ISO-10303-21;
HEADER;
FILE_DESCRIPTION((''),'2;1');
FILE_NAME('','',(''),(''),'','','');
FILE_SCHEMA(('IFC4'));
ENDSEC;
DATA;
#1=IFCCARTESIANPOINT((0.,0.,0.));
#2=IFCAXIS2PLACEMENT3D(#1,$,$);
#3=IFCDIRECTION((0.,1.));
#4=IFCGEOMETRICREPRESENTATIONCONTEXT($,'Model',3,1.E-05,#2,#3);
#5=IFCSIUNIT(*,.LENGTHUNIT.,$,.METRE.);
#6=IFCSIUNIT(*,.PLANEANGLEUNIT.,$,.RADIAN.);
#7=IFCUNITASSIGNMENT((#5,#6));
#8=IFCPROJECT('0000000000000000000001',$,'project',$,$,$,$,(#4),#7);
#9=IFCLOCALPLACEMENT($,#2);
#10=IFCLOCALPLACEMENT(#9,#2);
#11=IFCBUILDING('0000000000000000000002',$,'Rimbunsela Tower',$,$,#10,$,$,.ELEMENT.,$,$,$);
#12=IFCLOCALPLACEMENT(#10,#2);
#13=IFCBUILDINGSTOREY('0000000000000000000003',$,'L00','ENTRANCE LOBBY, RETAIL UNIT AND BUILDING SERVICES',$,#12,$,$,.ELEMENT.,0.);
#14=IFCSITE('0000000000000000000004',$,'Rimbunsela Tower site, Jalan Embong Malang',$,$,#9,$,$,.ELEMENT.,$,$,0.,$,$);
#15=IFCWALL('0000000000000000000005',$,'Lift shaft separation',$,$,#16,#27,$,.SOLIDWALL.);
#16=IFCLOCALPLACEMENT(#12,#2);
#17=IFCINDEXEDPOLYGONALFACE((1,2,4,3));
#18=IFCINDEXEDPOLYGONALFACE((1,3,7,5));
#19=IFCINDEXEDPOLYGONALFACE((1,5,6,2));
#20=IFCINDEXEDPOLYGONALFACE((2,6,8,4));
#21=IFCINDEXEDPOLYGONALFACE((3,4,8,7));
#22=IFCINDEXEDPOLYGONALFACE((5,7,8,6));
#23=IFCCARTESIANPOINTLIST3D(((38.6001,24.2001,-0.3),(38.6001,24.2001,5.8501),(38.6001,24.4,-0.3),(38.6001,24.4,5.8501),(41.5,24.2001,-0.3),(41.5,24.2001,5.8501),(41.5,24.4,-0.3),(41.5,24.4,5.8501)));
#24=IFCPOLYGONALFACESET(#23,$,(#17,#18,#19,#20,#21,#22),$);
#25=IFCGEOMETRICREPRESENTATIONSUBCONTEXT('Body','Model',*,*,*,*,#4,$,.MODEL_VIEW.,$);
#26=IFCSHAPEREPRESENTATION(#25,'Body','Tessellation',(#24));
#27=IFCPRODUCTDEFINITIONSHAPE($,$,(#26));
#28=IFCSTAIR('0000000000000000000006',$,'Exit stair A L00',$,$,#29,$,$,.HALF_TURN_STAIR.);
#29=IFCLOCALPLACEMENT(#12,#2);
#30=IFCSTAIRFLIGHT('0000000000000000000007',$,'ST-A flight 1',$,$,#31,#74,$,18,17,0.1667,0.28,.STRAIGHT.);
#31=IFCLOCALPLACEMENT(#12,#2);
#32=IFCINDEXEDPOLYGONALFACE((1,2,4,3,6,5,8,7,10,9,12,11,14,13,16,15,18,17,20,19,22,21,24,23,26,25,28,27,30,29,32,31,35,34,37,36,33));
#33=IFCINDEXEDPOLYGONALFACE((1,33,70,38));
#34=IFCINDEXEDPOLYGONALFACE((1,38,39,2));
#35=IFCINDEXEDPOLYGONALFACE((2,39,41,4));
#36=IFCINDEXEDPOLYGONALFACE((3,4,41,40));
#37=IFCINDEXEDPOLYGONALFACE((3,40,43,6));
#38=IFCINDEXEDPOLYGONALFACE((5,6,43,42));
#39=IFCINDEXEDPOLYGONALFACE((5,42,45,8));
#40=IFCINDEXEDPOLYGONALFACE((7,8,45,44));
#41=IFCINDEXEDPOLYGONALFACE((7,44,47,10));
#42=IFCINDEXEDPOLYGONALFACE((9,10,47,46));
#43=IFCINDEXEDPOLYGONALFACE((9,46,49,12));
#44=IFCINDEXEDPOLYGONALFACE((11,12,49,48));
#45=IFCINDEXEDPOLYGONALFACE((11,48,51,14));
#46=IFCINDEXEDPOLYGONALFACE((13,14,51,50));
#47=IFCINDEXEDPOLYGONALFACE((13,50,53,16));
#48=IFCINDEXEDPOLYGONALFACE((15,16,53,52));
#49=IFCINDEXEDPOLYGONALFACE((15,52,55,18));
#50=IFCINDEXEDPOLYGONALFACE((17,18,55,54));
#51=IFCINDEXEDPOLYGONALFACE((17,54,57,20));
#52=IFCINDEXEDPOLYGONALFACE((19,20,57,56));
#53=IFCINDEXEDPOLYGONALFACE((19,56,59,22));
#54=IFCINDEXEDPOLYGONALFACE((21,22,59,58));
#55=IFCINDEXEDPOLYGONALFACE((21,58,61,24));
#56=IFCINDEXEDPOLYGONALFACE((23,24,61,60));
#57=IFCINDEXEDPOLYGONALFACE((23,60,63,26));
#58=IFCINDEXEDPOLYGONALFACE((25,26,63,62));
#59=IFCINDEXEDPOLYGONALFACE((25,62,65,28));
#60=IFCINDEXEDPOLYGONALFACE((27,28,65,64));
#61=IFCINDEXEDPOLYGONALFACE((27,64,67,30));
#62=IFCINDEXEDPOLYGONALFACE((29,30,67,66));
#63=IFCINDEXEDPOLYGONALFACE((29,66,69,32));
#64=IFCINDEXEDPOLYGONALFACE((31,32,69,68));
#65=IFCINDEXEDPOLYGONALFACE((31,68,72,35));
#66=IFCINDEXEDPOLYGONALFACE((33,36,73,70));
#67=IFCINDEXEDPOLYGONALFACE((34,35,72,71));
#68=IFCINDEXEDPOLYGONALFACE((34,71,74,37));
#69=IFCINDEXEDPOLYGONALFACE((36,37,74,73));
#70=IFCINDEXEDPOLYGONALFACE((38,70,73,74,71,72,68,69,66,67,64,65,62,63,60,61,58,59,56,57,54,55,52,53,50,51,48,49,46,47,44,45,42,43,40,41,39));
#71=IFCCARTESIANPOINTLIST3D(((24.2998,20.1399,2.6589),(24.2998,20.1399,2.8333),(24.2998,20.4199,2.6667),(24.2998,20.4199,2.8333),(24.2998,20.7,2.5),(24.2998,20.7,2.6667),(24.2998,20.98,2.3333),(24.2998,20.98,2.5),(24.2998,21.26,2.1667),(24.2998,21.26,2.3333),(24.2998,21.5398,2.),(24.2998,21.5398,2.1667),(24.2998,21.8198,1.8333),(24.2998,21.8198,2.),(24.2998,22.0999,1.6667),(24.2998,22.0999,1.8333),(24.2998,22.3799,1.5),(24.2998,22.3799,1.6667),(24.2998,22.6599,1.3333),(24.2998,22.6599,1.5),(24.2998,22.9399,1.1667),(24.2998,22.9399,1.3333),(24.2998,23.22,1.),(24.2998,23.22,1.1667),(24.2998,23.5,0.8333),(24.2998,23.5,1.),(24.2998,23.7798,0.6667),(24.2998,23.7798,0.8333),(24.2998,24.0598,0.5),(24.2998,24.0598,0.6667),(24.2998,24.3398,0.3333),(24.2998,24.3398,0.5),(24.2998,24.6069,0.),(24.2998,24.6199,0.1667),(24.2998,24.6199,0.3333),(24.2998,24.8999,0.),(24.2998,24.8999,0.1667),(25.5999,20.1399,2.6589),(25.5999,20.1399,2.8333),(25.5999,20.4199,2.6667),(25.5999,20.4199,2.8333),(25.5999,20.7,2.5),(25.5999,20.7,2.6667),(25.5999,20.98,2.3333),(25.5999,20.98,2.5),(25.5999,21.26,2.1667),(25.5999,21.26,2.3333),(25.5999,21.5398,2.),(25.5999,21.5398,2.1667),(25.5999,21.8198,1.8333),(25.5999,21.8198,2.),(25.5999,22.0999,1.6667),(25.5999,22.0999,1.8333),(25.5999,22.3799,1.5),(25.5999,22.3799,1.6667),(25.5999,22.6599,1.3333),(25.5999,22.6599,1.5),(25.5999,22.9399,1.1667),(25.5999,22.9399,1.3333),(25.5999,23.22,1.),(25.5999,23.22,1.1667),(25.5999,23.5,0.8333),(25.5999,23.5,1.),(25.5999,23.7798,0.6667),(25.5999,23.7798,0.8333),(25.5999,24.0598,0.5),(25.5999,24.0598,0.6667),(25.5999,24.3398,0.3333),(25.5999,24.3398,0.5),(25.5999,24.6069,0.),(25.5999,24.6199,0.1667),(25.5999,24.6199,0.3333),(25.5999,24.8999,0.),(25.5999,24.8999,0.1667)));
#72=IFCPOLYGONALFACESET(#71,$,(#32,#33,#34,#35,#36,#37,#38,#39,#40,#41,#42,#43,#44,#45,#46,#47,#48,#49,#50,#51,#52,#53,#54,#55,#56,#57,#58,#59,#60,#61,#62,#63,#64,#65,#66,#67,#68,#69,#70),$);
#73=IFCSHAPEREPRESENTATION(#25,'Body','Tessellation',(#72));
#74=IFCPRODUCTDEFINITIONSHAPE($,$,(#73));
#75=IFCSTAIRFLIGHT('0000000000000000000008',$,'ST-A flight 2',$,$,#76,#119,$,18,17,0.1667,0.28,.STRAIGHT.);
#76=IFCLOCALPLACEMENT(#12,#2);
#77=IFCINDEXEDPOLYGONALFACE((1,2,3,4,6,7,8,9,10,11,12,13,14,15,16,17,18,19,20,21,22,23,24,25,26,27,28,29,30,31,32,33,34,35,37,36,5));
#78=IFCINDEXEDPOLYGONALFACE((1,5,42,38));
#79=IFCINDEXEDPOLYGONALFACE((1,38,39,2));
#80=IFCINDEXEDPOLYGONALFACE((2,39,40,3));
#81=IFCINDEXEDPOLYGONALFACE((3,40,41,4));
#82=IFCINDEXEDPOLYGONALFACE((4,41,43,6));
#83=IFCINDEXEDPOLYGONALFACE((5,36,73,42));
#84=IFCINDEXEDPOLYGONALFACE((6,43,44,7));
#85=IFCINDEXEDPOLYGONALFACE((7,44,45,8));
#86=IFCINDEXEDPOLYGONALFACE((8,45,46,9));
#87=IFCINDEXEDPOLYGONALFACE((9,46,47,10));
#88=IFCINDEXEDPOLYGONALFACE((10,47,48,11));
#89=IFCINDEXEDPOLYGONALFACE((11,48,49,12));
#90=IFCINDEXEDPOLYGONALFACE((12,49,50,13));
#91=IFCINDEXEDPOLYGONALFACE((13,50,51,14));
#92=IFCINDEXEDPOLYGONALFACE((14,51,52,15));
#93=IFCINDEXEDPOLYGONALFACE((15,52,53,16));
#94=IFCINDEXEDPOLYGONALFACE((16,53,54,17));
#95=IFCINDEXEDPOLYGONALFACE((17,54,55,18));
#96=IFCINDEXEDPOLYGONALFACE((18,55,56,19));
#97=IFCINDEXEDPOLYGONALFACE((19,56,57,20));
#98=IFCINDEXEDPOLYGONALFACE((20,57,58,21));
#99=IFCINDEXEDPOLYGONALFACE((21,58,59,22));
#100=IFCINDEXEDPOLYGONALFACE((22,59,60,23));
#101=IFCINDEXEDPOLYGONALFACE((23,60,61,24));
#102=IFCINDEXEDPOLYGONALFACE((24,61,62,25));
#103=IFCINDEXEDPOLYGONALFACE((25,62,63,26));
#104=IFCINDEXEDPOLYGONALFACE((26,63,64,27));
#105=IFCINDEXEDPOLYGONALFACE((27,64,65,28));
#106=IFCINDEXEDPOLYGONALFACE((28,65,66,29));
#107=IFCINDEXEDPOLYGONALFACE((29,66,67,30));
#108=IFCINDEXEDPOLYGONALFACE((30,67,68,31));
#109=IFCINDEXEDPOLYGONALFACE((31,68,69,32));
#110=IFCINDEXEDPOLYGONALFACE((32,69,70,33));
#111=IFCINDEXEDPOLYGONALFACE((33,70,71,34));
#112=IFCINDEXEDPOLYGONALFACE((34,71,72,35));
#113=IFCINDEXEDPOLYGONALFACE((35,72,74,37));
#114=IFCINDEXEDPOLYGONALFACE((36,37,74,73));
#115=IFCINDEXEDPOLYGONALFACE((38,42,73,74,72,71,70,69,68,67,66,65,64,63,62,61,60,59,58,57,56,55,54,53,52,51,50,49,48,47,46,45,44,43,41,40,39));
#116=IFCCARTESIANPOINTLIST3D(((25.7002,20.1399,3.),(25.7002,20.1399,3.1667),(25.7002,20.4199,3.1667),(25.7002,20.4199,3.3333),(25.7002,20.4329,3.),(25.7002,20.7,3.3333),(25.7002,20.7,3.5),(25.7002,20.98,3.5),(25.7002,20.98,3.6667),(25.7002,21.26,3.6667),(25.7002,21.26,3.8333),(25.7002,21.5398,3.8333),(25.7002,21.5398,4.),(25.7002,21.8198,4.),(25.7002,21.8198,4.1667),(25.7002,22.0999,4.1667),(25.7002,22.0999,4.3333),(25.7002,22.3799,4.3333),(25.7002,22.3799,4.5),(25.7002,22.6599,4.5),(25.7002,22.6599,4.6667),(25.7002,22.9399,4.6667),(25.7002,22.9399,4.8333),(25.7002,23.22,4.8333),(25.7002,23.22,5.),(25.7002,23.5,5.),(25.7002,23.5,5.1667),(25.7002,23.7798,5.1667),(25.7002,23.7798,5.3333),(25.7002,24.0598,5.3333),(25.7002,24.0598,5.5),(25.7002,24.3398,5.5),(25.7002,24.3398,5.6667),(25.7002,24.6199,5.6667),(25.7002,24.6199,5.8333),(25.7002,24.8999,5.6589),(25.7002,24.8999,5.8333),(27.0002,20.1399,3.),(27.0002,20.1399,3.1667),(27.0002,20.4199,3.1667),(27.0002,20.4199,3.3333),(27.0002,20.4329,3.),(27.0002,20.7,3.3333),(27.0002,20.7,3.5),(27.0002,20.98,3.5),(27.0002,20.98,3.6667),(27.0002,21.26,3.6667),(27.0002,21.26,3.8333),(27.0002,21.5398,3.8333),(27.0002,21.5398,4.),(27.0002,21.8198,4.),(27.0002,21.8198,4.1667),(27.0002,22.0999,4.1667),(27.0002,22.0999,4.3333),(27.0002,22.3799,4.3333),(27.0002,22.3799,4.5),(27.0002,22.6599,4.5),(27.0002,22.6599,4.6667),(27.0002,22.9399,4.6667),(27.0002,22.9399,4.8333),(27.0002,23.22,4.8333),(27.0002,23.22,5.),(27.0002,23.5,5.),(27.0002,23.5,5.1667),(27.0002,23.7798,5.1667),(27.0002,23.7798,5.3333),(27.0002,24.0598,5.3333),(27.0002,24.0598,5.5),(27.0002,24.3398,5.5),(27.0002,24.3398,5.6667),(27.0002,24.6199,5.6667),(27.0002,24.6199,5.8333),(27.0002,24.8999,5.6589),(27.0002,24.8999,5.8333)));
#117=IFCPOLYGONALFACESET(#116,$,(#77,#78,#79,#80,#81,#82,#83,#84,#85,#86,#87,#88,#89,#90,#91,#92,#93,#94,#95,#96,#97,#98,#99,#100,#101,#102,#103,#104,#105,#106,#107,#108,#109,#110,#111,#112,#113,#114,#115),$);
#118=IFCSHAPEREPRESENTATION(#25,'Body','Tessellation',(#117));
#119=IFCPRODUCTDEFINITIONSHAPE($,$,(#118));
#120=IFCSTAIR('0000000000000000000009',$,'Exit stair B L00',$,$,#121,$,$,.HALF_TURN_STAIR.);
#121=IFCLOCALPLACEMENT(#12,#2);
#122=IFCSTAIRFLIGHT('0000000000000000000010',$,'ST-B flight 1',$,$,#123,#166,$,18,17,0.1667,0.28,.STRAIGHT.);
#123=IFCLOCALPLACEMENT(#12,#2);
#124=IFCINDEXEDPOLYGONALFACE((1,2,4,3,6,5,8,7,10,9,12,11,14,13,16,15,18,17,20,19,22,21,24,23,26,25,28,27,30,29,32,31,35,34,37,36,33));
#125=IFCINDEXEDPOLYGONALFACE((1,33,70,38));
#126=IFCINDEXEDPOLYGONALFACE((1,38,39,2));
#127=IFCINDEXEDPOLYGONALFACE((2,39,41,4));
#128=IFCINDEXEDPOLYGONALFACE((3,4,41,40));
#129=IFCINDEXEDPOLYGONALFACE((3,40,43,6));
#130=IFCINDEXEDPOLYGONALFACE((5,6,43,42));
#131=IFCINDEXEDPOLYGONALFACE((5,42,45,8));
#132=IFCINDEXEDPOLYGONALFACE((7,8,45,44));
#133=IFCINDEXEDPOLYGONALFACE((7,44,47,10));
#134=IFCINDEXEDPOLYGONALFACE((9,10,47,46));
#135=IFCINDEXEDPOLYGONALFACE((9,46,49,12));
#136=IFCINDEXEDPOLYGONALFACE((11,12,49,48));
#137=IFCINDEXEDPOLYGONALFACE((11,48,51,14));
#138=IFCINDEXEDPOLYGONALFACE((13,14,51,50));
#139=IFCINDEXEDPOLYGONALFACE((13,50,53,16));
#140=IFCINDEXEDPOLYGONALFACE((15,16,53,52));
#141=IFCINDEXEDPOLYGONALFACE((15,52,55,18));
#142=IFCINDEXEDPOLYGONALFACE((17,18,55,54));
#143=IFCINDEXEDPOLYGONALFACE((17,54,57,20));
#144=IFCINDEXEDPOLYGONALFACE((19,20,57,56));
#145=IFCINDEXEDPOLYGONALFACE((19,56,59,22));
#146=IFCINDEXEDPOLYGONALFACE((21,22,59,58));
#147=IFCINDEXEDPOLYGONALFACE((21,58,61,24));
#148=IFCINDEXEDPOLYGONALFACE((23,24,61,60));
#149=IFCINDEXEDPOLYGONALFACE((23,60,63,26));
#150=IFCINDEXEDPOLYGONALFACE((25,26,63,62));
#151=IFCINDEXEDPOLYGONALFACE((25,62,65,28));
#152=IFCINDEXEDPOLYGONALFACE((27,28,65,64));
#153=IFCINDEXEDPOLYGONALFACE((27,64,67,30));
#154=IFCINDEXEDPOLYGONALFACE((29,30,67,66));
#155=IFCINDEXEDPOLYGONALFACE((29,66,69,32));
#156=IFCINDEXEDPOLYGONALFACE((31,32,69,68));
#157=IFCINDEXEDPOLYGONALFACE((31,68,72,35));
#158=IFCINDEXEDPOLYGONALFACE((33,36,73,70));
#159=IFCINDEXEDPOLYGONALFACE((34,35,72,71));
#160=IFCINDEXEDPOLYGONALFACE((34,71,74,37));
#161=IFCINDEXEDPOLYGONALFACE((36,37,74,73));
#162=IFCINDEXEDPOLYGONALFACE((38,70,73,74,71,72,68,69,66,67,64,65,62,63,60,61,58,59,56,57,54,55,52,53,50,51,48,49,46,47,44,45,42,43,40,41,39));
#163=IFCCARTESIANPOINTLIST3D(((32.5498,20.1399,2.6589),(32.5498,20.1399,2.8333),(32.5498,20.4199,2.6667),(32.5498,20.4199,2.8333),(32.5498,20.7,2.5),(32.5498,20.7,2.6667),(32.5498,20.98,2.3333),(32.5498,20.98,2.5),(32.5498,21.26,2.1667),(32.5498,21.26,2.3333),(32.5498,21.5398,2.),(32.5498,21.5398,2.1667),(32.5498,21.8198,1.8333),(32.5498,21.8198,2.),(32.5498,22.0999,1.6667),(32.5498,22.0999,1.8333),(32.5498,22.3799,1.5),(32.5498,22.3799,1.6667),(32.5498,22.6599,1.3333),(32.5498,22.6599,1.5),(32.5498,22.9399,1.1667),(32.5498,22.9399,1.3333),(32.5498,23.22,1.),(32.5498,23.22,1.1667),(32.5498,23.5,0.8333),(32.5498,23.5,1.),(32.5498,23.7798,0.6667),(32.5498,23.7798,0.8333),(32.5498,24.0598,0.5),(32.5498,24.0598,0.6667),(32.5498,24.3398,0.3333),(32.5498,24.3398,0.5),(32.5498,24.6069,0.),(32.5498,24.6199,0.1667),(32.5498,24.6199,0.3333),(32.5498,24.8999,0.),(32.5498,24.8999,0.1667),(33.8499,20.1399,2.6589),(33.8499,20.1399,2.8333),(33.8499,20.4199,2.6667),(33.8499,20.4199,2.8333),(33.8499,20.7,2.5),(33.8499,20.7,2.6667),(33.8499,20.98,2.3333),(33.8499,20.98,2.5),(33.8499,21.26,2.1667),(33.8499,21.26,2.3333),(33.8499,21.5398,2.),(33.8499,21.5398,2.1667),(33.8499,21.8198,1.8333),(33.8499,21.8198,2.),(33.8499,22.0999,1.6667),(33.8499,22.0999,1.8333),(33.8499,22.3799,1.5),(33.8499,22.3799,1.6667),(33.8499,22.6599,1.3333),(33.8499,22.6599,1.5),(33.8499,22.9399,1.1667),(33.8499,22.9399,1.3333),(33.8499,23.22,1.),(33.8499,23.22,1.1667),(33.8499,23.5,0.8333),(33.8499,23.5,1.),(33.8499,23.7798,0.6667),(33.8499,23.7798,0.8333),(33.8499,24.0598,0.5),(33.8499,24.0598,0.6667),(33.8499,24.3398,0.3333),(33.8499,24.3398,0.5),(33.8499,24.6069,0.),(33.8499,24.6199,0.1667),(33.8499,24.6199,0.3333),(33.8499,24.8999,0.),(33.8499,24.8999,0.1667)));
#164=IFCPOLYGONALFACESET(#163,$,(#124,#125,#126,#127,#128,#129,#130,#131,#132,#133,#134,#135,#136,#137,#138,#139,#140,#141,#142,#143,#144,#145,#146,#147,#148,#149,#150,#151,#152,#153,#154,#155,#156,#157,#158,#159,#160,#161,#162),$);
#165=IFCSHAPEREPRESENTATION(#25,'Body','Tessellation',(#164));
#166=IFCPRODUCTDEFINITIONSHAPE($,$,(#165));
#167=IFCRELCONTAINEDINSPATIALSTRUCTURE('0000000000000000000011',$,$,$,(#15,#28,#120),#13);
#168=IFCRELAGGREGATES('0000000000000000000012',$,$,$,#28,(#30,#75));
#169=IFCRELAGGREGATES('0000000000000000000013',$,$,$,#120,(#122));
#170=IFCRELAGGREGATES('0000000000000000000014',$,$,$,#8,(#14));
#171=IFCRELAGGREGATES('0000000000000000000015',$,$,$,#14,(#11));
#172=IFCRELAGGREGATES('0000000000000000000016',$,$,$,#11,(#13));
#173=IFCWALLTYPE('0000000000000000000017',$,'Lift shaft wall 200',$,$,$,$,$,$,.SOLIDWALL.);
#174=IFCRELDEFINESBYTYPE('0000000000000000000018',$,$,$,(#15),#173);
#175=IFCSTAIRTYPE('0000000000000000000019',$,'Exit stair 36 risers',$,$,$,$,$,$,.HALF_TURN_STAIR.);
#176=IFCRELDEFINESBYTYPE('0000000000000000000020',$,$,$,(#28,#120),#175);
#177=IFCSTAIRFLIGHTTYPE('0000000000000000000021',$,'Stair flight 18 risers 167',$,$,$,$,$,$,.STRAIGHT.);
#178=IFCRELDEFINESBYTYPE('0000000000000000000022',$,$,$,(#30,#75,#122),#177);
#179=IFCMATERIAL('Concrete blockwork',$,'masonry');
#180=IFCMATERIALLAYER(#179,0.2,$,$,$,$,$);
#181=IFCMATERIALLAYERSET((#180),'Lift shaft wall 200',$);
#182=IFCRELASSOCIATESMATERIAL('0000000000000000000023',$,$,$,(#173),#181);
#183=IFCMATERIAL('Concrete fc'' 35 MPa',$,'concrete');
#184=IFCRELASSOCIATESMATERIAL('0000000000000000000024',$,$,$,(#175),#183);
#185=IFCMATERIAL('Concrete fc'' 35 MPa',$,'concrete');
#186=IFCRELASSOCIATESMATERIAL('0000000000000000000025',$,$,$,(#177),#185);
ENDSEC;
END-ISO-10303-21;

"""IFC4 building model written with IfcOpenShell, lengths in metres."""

from ifc_helpers import new_model, si_unit, direction, frame, frame_2d, origin, place, context, subcontext, project, spatial, polyline, rectangle, outline, extrude, material, layer, layer_set, type_object, element, aggregate, save


model = new_model("IFC4")

# Units and contexts
model_context = context("Model", 3, precision=1e-05, world=origin(), true_north=direction((0.0, 1.0)))
body_context = subcontext(model_context, "Body", "Model", "MODEL_VIEW")
ifc_project = project(units=[si_unit("LENGTHUNIT", "METRE"), si_unit("PLANEANGLEUNIT", "RADIAN")], contexts=[model_context])

# Site, building, storey
site_placement = place(None, origin())
site = spatial("IfcSite", under=ifc_project, at=site_placement, Name="Rimbunsela Tower site, Jalan Embong Malang", CompositionType="ELEMENT", RefElevation=0.0)
building_placement = place(site_placement, origin())
building = spatial("IfcBuilding", under=site, at=building_placement, Name="Rimbunsela Tower", CompositionType="ELEMENT")
storey_placement = place(building_placement, origin())
storey = spatial("IfcBuildingStorey", under=building, at=storey_placement, Name="L00", Description="ENTRANCE LOBBY, RETAIL UNIT AND BUILDING SERVICES", CompositionType="ELEMENT", Elevation=0.0)

# Wall
ifc_material_1 = material(Name="Concrete blockwork", Category="masonry")
ifc_layer_1 = layer(ifc_material_1, 0.2)
ifc_layer_set_1 = layer_set([ifc_layer_1], Name="Lift shaft wall 200")
wall_type_1 = type_object("IfcWallType", Name="Lift shaft wall 200", PredefinedType="SOLIDWALL", material=ifc_layer_set_1)
for number, where, z_axis, x_axis, name in (
    (1, (38.6001, 24.3, -0.3), (0.0, 0.0, 1.0), (1.0, 0.0, 0.0), "Lift shaft separation"),
):
    element("IfcWall", number, at=place(storey_placement, frame(where, z_axis=z_axis, x_axis=x_axis)), inside=storey, type_object=wall_type_1, Name=name, PredefinedType="SOLIDWALL", context=body_context, shape_type="SweptSolid", body=[
        extrude(rectangle(XDim=2.8999, YDim=0.2, at=frame_2d((1.45, 0.0))), origin(), (0.0, 0.0, 1.0), 6.1501),
    ])

# Stairs, stair flights
ifc_material_2 = material(Name="Concrete fc' 35 MPa", Category="concrete")
stair_type = type_object("IfcStairType", Name="Exit stair 36 risers", PredefinedType="HALF_TURN_STAIR", material=ifc_material_2)
stair_1_placement = place(storey_placement, origin())
stair_1 = element("IfcStair", 2, at=stair_1_placement, inside=storey, type_object=stair_type, Name="Exit stair A L00", PredefinedType="HALF_TURN_STAIR")
ifc_material_3 = material(Name="Concrete fc' 35 MPa", Category="concrete")
stair_flight_type = type_object("IfcStairFlightType", Name="Stair flight 18 risers 167", PredefinedType="STRAIGHT", material=ifc_material_3)
stair_flight_1_placement = place(storey_placement, frame((24.95, 24.8999, 0.0), z_axis=(0.0, 0.0, 1.0), x_axis=(0.0, -1.0, 0.0)))
stair_flight_1 = element("IfcStairFlight", 3, at=stair_flight_1_placement, type_object=stair_flight_type, Name="ST-A flight 1", NumberOfRisers=18, NumberOfTreads=17, PredefinedType="STRAIGHT", RiserHeight=0.1667, TreadLength=0.28, context=body_context, shape_type="SweptSolid", body=[
    extrude(outline(polyline([(0.0, 0.0), (0.0, 0.1667), (0.28, 0.1667), (0.28, 0.3333), (0.5601, 0.3333), (0.5601, 0.5), (0.8401, 0.5), (0.8401, 0.6667), (1.1201, 0.6667), (1.1201, 0.8333), (1.3999, 0.8333), (1.3999, 1.0), (1.6799, 1.0), (1.6799, 1.1667), (1.96, 1.1667), (1.96, 1.3333), (2.24, 1.3333), (2.24, 1.5), (2.52, 1.5), (2.52, 1.6667), (2.8, 1.6667), (2.8, 1.8333), (3.0801, 1.8333), (3.0801, 2.0), (3.3601, 2.0), (3.3601, 2.1667), (3.6399, 2.1667), (3.6399, 2.3333), (3.9199, 2.3333), (3.9199, 2.5), (4.2, 2.5), (4.2, 2.6667), (4.48, 2.6667), (4.48, 2.8333), (4.76, 2.8333), (4.76, 3.0), (4.76, 2.6589), (0.293, 0.0), (0.0, 0.0)])), frame((0.0, 0.6499, 0.0), z_axis=(0.0, -1.0, 0.0), x_axis=(1.0, 0.0, 0.0)), (0.0, 0.0, 1.0), 1.3),
])
stair_flight_2_placement = place(storey_placement, frame((26.3501, 20.1399, 3.0), z_axis=(0.0, 0.0, 1.0), x_axis=(0.0, 1.0, 0.0)))
stair_flight_2 = element("IfcStairFlight", 4, at=stair_flight_2_placement, type_object=stair_flight_type, Name="ST-A flight 2", NumberOfRisers=18, NumberOfTreads=17, PredefinedType="STRAIGHT", RiserHeight=0.1667, TreadLength=0.28, context=body_context, shape_type="SweptSolid", body=[
    extrude(outline(polyline([(0.0, 0.0), (0.0, 0.1667), (0.28, 0.1667), (0.28, 0.3333), (0.5601, 0.3333), (0.5601, 0.5), (0.8401, 0.5), (0.8401, 0.6667), (1.1201, 0.6667), (1.1201, 0.8333), (1.3999, 0.8333), (1.3999, 1.0), (1.6799, 1.0), (1.6799, 1.1667), (1.96, 1.1667), (1.96, 1.3333), (2.24, 1.3333), (2.24, 1.5), (2.52, 1.5), (2.52, 1.6667), (2.8, 1.6667), (2.8, 1.8333), (3.0801, 1.8333), (3.0801, 2.0), (3.3601, 2.0), (3.3601, 2.1667), (3.6399, 2.1667), (3.6399, 2.3333), (3.9199, 2.3333), (3.9199, 2.5), (4.2, 2.5), (4.2, 2.6667), (4.48, 2.6667), (4.48, 2.8333), (4.76, 2.8333), (4.76, 3.0), (4.76, 2.6589), (0.293, 0.0), (0.0, 0.0)])), frame((0.0, 0.6499, 0.0), z_axis=(0.0, -1.0, 0.0), x_axis=(1.0, 0.0, 0.0)), (0.0, 0.0, 1.0), 1.3),
])
aggregate(stair_1, [stair_flight_1, stair_flight_2])
stair_2_placement = place(storey_placement, origin())
stair_2 = element("IfcStair", 5, at=stair_2_placement, inside=storey, type_object=stair_type, Name="Exit stair B L00", PredefinedType="HALF_TURN_STAIR")
stair_flight_3_placement = place(storey_placement, frame((33.2, 24.8999, 0.0), z_axis=(0.0, 0.0, 1.0), x_axis=(0.0, -1.0, 0.0)))
stair_flight_3 = element("IfcStairFlight", 6, at=stair_flight_3_placement, type_object=stair_flight_type, Name="ST-B flight 1", NumberOfRisers=18, NumberOfTreads=17, PredefinedType="STRAIGHT", RiserHeight=0.1667, TreadLength=0.28, context=body_context, shape_type="SweptSolid", body=[
    extrude(outline(polyline([(0.0, 0.0), (0.0, 0.1667), (0.28, 0.1667), (0.28, 0.3333), (0.5601, 0.3333), (0.5601, 0.5), (0.8401, 0.5), (0.8401, 0.6667), (1.1201, 0.6667), (1.1201, 0.8333), (1.3999, 0.8333), (1.3999, 1.0), (1.6799, 1.0), (1.6799, 1.1667), (1.96, 1.1667), (1.96, 1.3333), (2.24, 1.3333), (2.24, 1.5), (2.52, 1.5), (2.52, 1.6667), (2.8, 1.6667), (2.8, 1.8333), (3.0801, 1.8333), (3.0801, 2.0), (3.3601, 2.0), (3.3601, 2.1667), (3.6399, 2.1667), (3.6399, 2.3333), (3.9199, 2.3333), (3.9199, 2.5), (4.2, 2.5), (4.2, 2.6667), (4.48, 2.6667), (4.48, 2.8333), (4.76, 2.8333), (4.76, 3.0), (4.76, 2.6589), (0.293, 0.0), (0.0, 0.0)])), frame((0.0, 0.6499, 0.0), z_axis=(0.0, -1.0, 0.0), x_axis=(1.0, 0.0, 0.0)), (0.0, 0.0, 1.0), 1.3),
])
aggregate(stair_2, [stair_flight_3])

save(model, "model.ifc")
